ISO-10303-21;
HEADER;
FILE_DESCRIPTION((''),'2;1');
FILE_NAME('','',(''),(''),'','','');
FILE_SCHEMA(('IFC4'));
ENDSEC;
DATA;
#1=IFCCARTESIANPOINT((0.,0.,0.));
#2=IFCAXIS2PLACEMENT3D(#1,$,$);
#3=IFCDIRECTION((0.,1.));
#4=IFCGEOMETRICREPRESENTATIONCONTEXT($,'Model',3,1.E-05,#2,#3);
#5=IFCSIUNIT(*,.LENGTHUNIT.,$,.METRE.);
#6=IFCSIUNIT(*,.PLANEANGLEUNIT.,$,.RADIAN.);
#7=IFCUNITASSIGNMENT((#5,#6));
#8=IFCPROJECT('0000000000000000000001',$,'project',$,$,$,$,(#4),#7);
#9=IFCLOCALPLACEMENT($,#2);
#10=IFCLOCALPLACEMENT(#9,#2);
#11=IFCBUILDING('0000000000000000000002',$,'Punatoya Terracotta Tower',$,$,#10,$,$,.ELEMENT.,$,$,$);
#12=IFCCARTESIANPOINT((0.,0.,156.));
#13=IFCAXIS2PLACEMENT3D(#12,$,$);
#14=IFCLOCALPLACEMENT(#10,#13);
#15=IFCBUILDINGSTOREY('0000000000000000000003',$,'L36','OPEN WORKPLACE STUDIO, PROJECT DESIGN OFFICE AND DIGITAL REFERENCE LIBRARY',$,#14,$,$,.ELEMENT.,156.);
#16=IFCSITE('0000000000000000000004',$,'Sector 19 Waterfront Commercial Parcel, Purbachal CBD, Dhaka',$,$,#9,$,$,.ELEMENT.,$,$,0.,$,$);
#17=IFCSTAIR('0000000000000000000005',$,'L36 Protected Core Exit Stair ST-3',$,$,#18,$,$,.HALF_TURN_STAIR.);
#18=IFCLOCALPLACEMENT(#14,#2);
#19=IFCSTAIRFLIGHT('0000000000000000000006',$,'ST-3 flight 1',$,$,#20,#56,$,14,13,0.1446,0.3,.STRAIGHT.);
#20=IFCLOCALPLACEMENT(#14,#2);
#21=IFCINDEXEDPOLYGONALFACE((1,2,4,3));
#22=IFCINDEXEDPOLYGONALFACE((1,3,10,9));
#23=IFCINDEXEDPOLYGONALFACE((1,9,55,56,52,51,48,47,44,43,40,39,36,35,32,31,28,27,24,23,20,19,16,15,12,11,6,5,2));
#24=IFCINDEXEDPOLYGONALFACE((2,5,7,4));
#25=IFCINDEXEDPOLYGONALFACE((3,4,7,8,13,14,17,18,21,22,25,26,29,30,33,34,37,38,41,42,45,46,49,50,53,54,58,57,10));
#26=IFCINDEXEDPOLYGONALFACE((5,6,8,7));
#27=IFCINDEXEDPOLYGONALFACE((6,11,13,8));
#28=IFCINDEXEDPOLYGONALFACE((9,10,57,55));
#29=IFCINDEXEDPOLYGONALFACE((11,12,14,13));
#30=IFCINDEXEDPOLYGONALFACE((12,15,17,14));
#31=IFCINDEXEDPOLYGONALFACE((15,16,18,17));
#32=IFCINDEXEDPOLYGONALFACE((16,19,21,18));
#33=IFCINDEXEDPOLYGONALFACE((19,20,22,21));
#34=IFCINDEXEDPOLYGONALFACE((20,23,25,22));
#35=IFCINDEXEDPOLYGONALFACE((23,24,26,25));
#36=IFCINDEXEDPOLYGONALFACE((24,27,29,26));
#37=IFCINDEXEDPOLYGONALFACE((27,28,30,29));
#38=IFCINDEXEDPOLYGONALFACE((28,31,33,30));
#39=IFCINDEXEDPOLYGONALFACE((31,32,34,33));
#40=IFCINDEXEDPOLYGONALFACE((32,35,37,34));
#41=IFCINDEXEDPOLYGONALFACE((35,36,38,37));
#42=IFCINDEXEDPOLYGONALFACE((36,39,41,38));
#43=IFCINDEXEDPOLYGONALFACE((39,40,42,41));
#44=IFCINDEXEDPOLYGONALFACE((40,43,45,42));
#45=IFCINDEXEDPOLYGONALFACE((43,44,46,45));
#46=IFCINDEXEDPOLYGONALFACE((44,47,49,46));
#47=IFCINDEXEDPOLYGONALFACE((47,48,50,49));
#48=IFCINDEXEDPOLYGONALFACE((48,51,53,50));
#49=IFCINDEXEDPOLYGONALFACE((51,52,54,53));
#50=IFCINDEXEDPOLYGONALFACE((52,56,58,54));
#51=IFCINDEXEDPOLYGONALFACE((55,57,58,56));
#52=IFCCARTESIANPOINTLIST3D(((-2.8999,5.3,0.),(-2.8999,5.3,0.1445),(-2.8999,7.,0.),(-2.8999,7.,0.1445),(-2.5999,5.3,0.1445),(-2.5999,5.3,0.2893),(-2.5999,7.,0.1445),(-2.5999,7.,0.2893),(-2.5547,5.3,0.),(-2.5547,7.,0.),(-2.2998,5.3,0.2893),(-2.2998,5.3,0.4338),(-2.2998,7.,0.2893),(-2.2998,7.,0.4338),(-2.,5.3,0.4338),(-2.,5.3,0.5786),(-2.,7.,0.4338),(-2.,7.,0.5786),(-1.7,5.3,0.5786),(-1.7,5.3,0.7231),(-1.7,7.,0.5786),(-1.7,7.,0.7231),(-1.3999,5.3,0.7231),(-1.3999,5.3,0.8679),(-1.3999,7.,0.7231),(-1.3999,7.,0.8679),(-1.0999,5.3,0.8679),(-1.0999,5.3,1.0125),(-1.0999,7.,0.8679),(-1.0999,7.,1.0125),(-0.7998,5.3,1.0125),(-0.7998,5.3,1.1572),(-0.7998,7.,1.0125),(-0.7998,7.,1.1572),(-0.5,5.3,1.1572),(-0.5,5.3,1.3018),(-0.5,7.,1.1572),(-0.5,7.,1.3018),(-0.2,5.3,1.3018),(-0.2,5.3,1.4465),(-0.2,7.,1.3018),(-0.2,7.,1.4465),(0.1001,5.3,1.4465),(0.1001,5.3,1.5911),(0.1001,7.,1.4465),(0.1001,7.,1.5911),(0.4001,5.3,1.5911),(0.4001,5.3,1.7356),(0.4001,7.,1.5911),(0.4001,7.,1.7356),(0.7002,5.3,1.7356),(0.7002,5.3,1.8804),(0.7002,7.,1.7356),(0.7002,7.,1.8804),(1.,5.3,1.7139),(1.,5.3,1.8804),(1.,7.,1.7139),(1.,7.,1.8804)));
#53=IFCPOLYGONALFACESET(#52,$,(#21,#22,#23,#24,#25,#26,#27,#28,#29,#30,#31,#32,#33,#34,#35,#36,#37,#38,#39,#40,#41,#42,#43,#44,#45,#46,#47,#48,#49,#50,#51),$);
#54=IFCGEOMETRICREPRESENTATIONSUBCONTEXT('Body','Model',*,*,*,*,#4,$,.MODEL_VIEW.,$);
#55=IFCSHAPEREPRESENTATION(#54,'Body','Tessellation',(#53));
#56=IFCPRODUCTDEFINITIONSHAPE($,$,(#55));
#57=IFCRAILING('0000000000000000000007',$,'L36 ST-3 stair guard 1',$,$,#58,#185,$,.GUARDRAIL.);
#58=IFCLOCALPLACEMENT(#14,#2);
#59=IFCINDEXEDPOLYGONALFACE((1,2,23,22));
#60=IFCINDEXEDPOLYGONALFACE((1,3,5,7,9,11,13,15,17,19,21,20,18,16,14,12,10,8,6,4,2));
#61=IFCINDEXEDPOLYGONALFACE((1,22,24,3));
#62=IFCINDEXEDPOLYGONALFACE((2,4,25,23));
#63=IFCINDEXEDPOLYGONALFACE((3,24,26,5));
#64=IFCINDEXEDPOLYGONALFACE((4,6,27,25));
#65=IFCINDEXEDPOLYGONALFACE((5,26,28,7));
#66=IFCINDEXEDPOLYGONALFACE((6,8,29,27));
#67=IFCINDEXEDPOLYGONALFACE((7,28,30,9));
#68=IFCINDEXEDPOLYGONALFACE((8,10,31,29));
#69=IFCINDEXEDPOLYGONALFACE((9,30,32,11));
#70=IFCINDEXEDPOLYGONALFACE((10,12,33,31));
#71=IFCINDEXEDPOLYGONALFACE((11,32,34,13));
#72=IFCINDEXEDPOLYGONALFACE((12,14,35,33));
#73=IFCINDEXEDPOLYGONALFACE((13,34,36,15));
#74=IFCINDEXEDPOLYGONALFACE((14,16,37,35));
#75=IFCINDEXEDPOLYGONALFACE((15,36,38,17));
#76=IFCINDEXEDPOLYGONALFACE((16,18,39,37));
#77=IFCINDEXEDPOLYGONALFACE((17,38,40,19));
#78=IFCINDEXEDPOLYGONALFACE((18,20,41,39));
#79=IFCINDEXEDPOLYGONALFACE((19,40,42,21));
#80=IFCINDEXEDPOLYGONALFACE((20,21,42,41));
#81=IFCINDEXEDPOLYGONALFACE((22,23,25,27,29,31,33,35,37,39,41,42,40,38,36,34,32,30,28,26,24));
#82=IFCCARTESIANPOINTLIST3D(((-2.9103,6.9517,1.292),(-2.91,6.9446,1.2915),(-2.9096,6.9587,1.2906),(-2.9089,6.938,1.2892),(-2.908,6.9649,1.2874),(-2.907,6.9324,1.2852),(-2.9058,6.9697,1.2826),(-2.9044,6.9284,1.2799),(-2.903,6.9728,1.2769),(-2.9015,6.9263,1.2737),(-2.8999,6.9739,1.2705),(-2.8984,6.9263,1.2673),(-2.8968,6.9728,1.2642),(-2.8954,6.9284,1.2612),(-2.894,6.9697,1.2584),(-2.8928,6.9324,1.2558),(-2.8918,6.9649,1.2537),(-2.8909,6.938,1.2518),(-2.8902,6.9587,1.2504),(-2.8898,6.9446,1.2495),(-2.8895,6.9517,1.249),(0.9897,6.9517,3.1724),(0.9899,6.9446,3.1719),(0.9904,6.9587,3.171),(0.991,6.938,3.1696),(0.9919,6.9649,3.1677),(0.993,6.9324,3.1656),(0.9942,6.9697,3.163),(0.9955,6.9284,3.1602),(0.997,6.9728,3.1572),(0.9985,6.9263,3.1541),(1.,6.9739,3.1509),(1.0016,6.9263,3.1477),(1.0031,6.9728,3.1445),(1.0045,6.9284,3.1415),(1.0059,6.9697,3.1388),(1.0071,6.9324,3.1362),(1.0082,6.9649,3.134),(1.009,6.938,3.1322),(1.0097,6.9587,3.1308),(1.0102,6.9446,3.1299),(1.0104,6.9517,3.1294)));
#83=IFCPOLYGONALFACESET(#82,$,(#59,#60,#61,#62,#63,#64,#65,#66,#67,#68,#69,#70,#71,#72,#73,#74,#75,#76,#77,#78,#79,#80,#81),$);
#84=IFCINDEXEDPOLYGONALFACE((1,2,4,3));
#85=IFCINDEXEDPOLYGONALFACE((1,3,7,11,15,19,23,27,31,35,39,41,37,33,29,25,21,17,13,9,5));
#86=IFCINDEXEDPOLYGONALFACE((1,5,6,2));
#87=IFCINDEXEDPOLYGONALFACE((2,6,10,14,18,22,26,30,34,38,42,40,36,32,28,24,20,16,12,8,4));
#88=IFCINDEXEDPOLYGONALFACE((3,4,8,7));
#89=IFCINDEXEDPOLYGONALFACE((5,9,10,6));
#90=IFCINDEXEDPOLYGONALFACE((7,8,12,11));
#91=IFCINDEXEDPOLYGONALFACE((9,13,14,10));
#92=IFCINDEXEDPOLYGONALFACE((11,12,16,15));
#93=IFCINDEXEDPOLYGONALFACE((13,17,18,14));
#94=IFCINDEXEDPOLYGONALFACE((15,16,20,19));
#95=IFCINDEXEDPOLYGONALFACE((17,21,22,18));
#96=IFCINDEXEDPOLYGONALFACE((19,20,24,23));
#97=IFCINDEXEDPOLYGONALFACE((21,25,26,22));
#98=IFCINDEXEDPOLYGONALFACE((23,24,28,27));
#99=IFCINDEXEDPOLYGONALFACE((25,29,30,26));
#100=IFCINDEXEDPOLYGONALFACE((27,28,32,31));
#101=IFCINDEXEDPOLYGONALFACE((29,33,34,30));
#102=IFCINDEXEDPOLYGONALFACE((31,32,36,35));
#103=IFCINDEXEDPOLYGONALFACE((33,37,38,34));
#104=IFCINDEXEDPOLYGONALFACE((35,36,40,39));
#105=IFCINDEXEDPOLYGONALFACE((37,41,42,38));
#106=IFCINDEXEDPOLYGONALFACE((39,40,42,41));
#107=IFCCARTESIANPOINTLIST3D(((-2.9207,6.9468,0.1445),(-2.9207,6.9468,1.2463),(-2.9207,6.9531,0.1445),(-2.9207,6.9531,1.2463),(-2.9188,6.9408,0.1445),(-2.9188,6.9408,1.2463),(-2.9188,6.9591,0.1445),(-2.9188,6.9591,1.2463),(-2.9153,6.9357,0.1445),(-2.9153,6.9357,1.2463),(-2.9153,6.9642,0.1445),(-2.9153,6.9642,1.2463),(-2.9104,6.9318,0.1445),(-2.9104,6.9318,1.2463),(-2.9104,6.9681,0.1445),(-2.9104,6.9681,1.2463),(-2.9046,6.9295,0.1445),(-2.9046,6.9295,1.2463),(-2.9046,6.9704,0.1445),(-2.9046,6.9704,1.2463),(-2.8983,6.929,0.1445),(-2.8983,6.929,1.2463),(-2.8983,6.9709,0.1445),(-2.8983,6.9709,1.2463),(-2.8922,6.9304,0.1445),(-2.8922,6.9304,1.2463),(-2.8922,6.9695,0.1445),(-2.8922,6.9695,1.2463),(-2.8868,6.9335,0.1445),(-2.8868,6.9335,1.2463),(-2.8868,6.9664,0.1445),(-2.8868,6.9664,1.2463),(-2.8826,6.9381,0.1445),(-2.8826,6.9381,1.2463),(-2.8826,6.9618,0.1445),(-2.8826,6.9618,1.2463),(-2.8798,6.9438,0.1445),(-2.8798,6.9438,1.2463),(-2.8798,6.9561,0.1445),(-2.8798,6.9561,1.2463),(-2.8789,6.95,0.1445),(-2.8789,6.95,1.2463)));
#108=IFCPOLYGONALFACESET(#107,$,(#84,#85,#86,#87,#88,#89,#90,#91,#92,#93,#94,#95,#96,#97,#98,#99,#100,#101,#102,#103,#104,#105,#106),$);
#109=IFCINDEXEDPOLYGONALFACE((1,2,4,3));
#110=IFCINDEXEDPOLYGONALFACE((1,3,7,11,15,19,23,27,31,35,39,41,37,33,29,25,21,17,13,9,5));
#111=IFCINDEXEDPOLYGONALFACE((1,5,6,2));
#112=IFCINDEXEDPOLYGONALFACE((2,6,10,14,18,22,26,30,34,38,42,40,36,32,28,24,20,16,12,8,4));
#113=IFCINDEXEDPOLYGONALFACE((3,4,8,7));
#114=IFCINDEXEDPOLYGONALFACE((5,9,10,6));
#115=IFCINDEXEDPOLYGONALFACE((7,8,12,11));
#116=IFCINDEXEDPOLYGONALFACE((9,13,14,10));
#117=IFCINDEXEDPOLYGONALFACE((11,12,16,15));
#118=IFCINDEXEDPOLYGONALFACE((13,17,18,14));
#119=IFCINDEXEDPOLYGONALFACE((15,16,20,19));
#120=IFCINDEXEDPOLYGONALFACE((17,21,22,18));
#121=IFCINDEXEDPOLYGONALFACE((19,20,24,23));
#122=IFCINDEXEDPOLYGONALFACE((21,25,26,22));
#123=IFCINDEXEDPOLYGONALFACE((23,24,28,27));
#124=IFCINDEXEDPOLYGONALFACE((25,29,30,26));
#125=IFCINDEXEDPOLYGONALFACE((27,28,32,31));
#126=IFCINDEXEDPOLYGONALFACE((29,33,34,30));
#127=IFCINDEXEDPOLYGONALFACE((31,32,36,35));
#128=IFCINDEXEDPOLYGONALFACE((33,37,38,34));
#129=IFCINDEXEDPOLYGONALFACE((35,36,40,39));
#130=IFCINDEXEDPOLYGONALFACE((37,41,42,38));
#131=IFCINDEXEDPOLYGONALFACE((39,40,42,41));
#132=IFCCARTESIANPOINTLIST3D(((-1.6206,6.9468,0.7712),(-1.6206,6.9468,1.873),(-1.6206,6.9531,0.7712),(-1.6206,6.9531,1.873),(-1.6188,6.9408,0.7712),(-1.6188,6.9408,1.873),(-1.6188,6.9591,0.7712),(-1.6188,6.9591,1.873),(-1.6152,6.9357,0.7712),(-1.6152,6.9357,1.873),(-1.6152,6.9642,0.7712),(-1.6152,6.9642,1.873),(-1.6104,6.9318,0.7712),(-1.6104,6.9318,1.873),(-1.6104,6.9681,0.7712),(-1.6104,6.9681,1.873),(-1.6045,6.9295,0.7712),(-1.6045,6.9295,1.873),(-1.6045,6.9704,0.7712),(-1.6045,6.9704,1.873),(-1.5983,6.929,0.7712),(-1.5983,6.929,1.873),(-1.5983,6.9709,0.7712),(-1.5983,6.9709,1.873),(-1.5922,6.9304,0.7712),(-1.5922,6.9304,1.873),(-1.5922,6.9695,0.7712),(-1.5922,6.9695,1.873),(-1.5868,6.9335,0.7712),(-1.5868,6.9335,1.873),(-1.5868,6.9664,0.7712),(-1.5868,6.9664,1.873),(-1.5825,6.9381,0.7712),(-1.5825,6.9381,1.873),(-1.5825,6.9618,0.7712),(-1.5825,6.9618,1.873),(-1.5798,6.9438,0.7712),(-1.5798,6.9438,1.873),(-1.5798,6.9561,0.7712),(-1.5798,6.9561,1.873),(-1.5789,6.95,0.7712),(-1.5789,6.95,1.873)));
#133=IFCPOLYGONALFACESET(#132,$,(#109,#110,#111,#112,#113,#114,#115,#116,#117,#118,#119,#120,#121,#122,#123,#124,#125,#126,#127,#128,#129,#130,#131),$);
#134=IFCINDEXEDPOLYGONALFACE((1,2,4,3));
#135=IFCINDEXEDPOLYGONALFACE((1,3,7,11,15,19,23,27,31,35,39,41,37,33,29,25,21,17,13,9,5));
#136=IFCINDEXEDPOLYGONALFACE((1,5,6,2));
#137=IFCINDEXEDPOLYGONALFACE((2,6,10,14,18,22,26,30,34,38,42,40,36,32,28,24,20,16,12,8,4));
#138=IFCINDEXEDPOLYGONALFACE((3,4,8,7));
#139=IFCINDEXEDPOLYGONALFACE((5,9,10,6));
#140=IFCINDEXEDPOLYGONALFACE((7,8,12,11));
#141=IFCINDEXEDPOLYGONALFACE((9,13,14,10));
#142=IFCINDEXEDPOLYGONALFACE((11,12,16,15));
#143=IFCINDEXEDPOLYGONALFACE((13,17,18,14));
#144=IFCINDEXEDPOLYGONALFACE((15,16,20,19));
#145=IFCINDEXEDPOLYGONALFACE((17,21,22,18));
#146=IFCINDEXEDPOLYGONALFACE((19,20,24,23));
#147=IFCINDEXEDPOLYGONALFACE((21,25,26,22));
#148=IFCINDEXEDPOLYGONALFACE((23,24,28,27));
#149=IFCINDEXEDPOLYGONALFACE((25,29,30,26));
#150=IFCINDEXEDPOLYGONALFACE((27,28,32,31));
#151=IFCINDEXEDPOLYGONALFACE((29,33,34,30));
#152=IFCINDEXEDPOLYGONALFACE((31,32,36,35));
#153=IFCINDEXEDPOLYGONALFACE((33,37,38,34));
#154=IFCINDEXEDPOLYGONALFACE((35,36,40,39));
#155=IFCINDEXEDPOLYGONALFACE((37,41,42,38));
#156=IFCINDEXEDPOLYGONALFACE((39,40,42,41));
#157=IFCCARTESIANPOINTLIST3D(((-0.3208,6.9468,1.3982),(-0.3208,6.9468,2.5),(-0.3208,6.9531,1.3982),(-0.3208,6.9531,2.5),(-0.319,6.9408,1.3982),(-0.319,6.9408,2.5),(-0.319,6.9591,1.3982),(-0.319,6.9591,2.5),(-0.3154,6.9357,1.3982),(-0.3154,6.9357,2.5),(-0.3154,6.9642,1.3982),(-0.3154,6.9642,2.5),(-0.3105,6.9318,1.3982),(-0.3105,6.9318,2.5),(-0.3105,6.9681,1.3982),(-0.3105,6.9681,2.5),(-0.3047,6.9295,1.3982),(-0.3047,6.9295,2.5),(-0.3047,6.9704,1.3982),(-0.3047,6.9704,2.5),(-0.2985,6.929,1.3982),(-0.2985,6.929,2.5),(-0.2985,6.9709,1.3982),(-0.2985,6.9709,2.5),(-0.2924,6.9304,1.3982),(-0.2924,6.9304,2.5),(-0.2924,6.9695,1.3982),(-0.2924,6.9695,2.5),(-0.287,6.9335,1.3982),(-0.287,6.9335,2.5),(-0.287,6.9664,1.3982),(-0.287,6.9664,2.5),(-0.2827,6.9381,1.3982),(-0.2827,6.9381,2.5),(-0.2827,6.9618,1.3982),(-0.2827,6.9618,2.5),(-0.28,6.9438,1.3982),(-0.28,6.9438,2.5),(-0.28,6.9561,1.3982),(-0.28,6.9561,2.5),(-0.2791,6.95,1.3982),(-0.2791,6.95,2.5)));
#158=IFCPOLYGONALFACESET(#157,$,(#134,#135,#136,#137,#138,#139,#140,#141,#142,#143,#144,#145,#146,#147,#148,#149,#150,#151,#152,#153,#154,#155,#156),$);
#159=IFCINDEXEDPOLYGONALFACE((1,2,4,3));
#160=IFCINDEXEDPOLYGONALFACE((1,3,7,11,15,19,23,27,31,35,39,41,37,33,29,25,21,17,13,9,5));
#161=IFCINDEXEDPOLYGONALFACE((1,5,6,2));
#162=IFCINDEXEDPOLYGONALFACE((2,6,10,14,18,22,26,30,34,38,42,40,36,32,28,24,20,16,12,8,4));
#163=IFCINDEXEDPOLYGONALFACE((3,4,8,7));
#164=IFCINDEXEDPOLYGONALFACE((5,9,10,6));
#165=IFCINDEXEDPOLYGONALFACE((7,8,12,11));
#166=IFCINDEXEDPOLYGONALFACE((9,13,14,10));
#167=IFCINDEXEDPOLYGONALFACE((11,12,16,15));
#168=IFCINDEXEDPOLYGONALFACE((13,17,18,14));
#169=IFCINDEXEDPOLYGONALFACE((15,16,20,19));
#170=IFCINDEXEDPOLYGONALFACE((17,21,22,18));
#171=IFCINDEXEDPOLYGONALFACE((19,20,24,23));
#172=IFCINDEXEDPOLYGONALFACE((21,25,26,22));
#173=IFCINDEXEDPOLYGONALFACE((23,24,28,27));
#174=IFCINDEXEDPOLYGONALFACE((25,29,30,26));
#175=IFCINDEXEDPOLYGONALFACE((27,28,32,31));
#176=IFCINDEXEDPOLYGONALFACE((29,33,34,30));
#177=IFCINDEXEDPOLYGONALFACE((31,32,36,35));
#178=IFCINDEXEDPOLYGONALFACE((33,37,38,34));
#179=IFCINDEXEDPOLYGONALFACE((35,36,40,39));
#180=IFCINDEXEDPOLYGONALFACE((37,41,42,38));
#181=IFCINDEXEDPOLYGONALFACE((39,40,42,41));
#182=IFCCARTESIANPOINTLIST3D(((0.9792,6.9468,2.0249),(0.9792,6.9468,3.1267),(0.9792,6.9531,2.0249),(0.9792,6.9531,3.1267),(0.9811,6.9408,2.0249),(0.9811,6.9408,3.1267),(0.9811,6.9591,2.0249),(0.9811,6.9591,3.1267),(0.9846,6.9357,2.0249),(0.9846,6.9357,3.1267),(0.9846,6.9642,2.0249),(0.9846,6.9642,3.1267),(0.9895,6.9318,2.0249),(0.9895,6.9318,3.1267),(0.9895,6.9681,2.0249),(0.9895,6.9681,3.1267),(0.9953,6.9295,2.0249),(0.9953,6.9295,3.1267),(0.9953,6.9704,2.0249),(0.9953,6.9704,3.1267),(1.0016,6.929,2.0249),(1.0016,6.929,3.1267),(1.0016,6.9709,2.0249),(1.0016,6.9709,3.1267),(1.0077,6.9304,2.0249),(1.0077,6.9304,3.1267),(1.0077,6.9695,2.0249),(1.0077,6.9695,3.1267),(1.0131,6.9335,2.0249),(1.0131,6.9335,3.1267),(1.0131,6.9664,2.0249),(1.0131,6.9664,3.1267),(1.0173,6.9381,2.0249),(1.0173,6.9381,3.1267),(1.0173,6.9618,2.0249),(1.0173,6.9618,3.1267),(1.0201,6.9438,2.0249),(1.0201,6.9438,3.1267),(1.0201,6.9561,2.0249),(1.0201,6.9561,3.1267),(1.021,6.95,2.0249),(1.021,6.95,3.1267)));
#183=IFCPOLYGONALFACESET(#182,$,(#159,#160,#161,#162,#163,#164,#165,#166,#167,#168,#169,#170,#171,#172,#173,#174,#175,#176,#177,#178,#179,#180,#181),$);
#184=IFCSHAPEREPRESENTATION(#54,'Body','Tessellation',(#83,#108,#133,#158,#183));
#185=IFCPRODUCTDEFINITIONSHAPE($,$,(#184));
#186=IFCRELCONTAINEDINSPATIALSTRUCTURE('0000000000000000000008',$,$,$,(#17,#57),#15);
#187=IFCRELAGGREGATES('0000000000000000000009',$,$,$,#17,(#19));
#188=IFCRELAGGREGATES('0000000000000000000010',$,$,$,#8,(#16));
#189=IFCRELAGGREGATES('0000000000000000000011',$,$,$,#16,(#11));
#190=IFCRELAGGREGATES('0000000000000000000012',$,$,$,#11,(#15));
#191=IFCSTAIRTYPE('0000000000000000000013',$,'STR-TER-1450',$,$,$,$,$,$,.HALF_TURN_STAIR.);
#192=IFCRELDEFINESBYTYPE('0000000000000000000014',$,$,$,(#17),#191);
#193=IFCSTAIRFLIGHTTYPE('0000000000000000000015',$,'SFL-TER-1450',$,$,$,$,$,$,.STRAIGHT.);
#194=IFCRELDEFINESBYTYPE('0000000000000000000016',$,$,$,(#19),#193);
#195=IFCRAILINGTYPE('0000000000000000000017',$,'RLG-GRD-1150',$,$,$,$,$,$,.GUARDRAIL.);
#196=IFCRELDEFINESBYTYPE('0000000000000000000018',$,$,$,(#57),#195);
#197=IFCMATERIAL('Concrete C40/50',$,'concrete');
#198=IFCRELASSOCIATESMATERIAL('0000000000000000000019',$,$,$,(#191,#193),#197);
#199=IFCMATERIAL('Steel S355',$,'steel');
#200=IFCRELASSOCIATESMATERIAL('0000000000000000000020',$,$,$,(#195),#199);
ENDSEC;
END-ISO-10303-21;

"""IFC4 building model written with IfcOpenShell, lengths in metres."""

from ifc_helpers import new_model, si_unit, direction, frame, origin, origin_2d, place, context, subcontext, project, spatial, polyline, circle, outline, extrude, material, type_object, element, aggregate, save


model = new_model("IFC4")

# Units and contexts
model_context = context("Model", 3, precision=1e-05, world=origin(), true_north=direction((0.0, 1.0)))
body_context = subcontext(model_context, "Body", "Model", "MODEL_VIEW")
ifc_project = project(units=[si_unit("LENGTHUNIT", "METRE"), si_unit("PLANEANGLEUNIT", "RADIAN")], contexts=[model_context])

# Site, building, storey
site_placement = place(None, origin())
site = spatial("IfcSite", under=ifc_project, at=site_placement, Name="Sector 19 Waterfront Commercial Parcel, Purbachal CBD, Dhaka", CompositionType="ELEMENT", RefElevation=0.0)
building_placement = place(site_placement, origin())
building = spatial("IfcBuilding", under=site, at=building_placement, Name="Punatoya Terracotta Tower", CompositionType="ELEMENT")
storey_placement = place(building_placement, frame((0.0, 0.0, 156.0)))
storey = spatial("IfcBuildingStorey", under=building, at=storey_placement, Name="L36", Description="OPEN WORKPLACE STUDIO, PROJECT DESIGN OFFICE AND DIGITAL REFERENCE LIBRARY", CompositionType="ELEMENT", Elevation=156.0)

# Shared definitions
ifc_material_1 = material(Name="Steel S355", Category="steel")

# Shared definitions
ifc_material_2 = material(Name="Concrete C40/50", Category="concrete")

# Stair, stair flight
stair_type = type_object("IfcStairType", Name="STR-TER-1450", PredefinedType="HALF_TURN_STAIR", material=ifc_material_2)
stair_placement = place(storey_placement, origin())
stair = element("IfcStair", 1, at=stair_placement, inside=storey, type_object=stair_type, Name="L36 Protected Core Exit Stair ST-3", PredefinedType="HALF_TURN_STAIR")
stair_flight_type = type_object("IfcStairFlightType", Name="SFL-TER-1450", PredefinedType="STRAIGHT", material=ifc_material_2)
stair_flight_placement = place(storey_placement, frame((-2.8999, 6.1499, 0.0), z_axis=(0.0, 0.0, 1.0), x_axis=(1.0, 0.0, 0.0)))
stair_flight = element("IfcStairFlight", 2, at=stair_flight_placement, type_object=stair_flight_type, Name="ST-3 flight 1", NumberOfRisers=14, NumberOfTreads=13, PredefinedType="STRAIGHT", RiserHeight=0.1446, TreadLength=0.3, context=body_context, shape_type="SweptSolid", body=[
    extrude(outline(polyline([(0.0, 0.0), (0.0, 0.1445), (0.3, 0.1445), (0.3, 0.2893), (0.6001, 0.2893), (0.6001, 0.4338), (0.8999, 0.4338), (0.8999, 0.5786), (1.2, 0.5786), (1.2, 0.7231), (1.5, 0.7231), (1.5, 0.8679), (1.8, 0.8679), (1.8, 1.0125), (2.1001, 1.0125), (2.1001, 1.1572), (2.3999, 1.1572), (2.3999, 1.3018), (2.7, 1.3018), (2.7, 1.4465), (3.0, 1.4465), (3.0, 1.5911), (3.3, 1.5911), (3.3, 1.7356), (3.6001, 1.7356), (3.6001, 1.8804), (3.8999, 1.8804), (3.8999, 2.0249), (3.8999, 1.7139), (0.3452, 0.0), (0.0, 0.0)])), frame((0.0, 0.8501, 0.0), z_axis=(0.0, -1.0, 0.0), x_axis=(1.0, 0.0, 0.0)), (0.0, 0.0, 1.0), 1.7),
])
aggregate(stair, [stair_flight])

# Railing
railing_type_1 = type_object("IfcRailingType", Name="RLG-GRD-1150", PredefinedType="GUARDRAIL", material=ifc_material_1)
railing_1_placement = place(storey_placement, frame((-2.8999, 6.95, 0.1445)))
element("IfcRailing", 3, at=railing_1_placement, inside=storey, type_object=railing_type_1, Name="L36 ST-3 stair guard 1", PredefinedType="GUARDRAIL", context=body_context, shape_type="SweptSolid", body=[
    extrude(circle(Radius=0.0239, at=origin_2d()), frame((0.0, 0.0, 1.126), z_axis=(0.900763, 0.0, 0.434311), x_axis=(0.0, 1.0, 0.0)), (0.0, 0.0, 1.0), 4.3296),
    extrude(circle(Radius=0.021, at=origin_2d()), origin(), (0.0, 0.0, 1.0), 1.1018),
    extrude(circle(Radius=0.021, at=origin_2d()), frame((1.3, 0.0, 0.6267)), (0.0, 0.0, 1.0), 1.1018),
    extrude(circle(Radius=0.021, at=origin_2d()), frame((2.5999, 0.0, 1.2537)), (0.0, 0.0, 1.0), 1.1018),
    extrude(circle(Radius=0.021, at=origin_2d()), frame((3.8999, 0.0, 1.8804)), (0.0, 0.0, 1.0), 1.1018),
])

save(model, "model.ifc")
